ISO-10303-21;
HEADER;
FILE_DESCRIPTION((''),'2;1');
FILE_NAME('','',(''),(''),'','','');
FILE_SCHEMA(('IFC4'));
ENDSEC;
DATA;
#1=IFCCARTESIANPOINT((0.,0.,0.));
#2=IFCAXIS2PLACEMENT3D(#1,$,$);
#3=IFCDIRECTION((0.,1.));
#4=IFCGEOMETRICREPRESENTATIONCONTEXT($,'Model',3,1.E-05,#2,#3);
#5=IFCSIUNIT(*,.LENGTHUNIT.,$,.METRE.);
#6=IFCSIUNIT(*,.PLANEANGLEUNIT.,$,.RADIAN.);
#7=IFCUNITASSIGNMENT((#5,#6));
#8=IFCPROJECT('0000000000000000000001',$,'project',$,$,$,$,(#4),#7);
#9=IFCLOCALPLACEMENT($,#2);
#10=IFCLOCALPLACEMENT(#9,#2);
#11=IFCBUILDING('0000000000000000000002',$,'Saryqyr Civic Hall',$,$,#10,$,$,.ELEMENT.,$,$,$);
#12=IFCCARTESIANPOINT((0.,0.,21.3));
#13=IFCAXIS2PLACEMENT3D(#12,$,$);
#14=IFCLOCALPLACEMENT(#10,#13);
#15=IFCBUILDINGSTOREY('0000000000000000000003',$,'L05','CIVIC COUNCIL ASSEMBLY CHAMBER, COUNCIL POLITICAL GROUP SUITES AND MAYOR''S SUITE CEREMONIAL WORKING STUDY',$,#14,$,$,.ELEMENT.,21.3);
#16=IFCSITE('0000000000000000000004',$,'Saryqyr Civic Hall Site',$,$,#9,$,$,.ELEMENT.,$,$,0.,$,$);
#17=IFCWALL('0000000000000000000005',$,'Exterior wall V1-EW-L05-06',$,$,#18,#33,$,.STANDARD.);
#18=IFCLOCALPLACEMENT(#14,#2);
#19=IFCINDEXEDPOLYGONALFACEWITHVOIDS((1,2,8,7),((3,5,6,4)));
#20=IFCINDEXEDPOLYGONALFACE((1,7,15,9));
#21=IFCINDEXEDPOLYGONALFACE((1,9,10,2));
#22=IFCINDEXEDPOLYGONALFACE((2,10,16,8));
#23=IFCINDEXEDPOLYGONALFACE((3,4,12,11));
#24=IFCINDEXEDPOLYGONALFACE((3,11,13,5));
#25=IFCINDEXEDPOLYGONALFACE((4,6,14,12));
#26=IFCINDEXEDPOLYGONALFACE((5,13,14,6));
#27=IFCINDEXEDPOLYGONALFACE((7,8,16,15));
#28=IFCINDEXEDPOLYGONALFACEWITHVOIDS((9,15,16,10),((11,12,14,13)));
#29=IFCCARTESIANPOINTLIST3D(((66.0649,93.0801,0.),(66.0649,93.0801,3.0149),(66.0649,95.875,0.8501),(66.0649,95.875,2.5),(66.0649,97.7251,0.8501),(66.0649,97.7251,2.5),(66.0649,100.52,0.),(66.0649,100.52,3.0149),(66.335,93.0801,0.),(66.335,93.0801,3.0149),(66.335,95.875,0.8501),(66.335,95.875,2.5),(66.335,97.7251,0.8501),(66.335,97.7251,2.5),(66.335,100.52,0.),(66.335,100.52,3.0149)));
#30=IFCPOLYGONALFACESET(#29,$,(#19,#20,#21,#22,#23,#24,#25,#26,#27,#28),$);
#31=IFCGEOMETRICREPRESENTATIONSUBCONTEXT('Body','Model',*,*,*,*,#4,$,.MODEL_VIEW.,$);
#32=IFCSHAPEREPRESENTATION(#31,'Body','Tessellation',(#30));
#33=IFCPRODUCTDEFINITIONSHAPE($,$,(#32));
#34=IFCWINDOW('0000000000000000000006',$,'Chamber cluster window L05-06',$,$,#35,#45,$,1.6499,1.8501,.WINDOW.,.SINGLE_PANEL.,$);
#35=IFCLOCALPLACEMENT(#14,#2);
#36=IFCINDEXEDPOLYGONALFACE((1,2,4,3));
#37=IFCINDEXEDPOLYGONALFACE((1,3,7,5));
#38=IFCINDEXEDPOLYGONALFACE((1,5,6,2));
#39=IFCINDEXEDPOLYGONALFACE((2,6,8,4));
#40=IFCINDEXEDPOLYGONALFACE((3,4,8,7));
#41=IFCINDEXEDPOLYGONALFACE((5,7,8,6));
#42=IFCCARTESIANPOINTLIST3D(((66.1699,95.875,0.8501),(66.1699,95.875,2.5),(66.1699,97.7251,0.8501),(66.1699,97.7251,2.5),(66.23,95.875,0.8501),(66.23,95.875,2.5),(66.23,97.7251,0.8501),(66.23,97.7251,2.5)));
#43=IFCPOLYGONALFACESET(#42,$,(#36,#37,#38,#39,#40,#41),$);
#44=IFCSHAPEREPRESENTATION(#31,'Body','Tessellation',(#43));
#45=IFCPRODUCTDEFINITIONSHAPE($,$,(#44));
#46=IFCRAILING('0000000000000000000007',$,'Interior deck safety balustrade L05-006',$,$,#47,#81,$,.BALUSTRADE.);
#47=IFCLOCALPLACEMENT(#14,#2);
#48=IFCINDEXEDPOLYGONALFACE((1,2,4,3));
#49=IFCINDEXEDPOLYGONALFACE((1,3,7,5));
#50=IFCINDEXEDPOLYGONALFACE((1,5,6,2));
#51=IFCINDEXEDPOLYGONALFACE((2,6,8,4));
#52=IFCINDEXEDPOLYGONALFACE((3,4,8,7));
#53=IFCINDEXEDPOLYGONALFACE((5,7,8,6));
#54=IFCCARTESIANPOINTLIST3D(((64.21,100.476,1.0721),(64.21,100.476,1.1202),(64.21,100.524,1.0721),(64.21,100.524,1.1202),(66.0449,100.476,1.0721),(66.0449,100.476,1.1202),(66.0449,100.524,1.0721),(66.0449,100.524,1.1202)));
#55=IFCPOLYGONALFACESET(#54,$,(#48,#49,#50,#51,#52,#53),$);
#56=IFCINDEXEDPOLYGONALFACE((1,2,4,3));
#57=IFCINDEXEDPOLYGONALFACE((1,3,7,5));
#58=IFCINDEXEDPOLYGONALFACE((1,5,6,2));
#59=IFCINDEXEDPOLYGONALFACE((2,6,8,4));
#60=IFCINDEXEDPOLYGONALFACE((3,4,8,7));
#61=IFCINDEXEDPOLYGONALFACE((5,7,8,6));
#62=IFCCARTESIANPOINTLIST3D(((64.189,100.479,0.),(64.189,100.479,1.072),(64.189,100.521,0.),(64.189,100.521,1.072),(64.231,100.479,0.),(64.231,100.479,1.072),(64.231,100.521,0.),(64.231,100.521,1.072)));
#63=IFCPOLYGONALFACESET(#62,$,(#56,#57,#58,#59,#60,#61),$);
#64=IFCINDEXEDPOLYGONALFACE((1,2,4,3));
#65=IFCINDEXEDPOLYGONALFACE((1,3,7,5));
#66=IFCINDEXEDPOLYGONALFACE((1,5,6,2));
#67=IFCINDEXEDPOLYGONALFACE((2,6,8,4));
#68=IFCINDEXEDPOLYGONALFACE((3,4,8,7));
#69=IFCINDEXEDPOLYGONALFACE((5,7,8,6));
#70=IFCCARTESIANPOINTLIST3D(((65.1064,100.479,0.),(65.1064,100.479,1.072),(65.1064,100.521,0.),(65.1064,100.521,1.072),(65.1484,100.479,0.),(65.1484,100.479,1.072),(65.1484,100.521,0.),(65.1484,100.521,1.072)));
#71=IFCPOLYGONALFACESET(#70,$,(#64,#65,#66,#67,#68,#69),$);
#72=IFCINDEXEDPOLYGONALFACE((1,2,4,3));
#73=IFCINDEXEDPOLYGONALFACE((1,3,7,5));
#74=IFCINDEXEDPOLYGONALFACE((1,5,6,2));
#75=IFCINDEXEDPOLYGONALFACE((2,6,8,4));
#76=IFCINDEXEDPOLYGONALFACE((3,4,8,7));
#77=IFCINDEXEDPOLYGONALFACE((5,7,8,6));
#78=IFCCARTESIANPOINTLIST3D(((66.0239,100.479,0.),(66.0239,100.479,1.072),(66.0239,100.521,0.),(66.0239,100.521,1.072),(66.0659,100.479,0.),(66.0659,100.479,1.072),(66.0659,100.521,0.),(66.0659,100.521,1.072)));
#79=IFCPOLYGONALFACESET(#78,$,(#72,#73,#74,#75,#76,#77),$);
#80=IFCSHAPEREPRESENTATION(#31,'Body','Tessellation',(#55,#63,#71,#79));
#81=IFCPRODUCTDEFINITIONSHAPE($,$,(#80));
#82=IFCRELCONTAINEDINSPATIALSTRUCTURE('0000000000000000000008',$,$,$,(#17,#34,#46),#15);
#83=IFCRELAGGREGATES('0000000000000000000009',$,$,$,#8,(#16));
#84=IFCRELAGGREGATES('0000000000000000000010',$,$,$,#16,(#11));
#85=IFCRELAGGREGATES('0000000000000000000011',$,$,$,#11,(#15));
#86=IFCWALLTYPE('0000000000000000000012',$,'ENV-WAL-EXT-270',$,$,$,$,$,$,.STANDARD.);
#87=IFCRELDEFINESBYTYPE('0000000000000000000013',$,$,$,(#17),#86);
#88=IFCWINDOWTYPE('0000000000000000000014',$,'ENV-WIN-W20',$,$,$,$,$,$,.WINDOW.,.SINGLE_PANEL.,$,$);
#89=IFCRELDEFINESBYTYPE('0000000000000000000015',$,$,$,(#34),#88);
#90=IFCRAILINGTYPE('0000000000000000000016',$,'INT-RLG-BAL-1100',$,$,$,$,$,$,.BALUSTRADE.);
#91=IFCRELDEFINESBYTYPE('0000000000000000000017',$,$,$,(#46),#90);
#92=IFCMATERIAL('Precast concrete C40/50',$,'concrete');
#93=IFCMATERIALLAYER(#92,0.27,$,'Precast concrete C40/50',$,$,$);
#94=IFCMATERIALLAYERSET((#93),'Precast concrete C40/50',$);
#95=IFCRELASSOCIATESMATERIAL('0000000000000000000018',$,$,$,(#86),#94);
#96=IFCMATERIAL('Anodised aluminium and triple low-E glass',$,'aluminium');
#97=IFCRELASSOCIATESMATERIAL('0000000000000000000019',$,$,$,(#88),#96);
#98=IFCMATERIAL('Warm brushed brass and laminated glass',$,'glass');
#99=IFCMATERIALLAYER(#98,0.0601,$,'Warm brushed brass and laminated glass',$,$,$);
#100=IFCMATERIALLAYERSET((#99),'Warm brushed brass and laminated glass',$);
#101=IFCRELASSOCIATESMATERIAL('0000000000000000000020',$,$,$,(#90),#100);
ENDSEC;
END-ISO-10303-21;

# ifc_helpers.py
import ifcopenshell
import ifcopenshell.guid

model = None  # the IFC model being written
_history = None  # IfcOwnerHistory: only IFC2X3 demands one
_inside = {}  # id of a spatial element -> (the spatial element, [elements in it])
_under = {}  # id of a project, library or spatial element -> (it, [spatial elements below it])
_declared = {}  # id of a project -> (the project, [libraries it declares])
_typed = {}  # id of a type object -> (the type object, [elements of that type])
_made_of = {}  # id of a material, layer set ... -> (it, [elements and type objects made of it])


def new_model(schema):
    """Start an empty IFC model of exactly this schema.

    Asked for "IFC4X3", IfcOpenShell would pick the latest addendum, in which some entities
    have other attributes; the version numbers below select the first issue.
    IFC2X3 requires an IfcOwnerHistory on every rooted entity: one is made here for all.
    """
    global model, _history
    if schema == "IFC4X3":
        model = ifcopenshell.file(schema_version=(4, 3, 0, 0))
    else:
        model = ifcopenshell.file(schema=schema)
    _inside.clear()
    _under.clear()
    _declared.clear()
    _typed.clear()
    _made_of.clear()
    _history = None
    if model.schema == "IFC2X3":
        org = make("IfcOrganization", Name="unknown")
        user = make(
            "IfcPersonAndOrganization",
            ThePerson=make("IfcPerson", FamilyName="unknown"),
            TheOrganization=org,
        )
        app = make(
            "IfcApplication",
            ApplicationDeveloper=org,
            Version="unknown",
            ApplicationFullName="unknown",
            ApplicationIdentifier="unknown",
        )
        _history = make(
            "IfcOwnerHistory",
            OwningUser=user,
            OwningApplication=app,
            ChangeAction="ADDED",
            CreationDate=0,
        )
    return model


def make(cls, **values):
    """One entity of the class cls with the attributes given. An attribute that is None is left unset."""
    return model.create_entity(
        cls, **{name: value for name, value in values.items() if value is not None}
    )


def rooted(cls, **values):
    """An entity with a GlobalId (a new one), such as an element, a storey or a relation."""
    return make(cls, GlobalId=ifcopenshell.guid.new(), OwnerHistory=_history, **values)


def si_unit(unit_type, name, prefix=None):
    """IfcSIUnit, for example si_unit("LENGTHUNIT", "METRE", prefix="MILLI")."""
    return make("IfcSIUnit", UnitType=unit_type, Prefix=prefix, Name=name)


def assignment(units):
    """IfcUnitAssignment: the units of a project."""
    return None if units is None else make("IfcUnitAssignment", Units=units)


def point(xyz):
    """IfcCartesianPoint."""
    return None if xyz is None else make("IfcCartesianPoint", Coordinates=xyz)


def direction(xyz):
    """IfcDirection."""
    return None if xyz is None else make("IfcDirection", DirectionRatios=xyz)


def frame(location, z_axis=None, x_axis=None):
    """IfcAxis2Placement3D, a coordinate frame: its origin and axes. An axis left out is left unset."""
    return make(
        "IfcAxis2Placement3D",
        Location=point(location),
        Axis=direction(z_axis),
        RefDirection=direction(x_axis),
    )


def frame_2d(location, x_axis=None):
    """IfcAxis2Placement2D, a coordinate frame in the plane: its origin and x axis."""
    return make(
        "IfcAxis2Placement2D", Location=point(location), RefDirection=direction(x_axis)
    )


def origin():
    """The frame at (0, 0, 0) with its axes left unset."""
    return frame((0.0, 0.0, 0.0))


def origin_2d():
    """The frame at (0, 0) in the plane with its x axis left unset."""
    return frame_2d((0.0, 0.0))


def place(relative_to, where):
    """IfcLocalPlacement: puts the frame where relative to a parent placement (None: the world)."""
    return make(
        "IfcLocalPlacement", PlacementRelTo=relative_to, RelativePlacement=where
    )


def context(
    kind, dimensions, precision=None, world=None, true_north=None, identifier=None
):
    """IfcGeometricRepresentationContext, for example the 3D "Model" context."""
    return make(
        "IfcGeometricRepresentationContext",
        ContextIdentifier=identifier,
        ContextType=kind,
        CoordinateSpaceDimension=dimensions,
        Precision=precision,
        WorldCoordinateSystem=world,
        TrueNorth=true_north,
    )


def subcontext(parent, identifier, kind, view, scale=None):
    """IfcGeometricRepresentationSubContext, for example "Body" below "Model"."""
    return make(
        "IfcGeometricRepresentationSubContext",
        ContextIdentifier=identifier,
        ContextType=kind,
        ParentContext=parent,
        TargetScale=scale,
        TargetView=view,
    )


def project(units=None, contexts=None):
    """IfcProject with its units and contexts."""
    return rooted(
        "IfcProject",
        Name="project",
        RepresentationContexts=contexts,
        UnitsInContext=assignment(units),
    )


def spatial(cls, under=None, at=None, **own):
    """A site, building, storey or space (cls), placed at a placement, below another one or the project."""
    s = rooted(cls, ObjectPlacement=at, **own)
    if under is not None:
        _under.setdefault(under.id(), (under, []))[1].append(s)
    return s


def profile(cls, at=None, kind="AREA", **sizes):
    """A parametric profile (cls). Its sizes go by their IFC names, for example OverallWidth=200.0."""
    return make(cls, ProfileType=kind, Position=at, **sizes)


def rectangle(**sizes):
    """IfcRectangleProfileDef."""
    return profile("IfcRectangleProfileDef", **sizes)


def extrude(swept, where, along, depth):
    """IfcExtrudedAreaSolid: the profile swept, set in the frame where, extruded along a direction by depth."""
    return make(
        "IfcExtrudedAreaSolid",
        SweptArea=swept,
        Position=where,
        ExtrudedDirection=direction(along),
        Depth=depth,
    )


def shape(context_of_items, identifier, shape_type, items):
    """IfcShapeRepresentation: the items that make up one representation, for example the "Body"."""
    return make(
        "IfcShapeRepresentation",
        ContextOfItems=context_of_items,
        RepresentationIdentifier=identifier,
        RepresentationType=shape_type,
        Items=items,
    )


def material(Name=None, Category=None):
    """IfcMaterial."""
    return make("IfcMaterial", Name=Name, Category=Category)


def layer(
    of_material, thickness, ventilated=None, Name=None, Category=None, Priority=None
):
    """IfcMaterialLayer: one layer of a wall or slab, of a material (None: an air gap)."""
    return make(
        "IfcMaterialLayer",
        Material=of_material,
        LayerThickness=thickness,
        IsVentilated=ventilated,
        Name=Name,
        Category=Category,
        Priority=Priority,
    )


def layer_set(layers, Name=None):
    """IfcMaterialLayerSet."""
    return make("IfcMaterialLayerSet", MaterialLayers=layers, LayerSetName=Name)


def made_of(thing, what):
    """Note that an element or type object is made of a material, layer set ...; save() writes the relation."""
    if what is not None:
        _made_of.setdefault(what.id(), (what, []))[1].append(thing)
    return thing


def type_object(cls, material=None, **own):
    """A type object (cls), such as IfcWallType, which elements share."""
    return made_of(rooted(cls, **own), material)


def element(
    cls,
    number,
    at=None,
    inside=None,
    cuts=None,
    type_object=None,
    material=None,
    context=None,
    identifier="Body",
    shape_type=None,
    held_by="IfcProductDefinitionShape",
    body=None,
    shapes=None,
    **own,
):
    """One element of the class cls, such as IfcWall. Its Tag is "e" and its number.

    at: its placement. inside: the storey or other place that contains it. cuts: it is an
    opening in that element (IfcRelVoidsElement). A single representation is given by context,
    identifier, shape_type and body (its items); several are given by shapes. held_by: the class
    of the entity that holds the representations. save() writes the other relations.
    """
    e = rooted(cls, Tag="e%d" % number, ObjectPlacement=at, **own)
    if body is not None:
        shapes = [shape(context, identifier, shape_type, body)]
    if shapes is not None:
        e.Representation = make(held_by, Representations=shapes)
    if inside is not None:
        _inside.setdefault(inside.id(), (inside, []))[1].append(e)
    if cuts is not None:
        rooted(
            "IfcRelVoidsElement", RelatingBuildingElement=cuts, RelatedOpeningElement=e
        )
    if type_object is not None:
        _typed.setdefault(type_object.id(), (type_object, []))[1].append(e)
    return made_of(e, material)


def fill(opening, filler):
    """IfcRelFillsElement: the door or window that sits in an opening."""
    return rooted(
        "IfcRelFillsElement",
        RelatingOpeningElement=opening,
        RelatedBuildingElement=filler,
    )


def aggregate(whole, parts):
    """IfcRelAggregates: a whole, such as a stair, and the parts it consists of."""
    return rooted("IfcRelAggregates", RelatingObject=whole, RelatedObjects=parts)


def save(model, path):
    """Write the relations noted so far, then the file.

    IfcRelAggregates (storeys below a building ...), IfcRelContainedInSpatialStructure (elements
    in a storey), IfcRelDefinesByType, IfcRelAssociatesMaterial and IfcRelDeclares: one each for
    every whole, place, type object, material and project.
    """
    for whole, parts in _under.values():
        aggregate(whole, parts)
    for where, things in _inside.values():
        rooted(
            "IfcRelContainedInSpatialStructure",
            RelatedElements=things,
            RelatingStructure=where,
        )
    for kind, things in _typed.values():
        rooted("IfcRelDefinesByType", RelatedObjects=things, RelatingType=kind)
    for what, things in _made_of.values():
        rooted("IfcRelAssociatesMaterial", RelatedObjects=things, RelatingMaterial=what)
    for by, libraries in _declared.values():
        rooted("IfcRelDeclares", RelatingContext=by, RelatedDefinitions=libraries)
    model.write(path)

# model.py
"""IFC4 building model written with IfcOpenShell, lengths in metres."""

from ifc_helpers import new_model, si_unit, direction, frame, frame_2d, origin, origin_2d, place, context, subcontext, project, spatial, rectangle, extrude, material, layer, layer_set, type_object, element, fill, save


model = new_model("IFC4")

# Units and contexts
model_context = context("Model", 3, precision=1e-05, world=origin(), true_north=direction((0.0, 1.0)))
body_context = subcontext(model_context, "Body", "Model", "MODEL_VIEW")
ifc_project = project(units=[si_unit("LENGTHUNIT", "METRE"), si_unit("PLANEANGLEUNIT", "RADIAN")], contexts=[model_context])

# Site, building, storey
site_placement = place(None, origin())
site = spatial("IfcSite", under=ifc_project, at=site_placement, Name="Saryqyr Civic Hall Site", CompositionType="ELEMENT", RefElevation=0.0)
building_placement = place(site_placement, origin())
building = spatial("IfcBuilding", under=site, at=building_placement, Name="Saryqyr Civic Hall", CompositionType="ELEMENT")
storey_placement = place(building_placement, frame((0.0, 0.0, 21.3)))
storey = spatial("IfcBuildingStorey", under=building, at=storey_placement, Name="L05", Description="CIVIC COUNCIL ASSEMBLY CHAMBER, COUNCIL POLITICAL GROUP SUITES AND MAYOR'S SUITE CEREMONIAL WORKING STUDY", CompositionType="ELEMENT", Elevation=21.3)

# Shared definitions
ifc_material_1 = material(Name="Anodised aluminium and triple low-E glass", Category="aluminium")

# Wall, opening, window
ifc_material_2 = material(Name="Precast concrete C40/50", Category="concrete")
ifc_layer_1 = layer(ifc_material_2, 0.27, Name="Precast concrete C40/50")
ifc_layer_set_1 = layer_set([ifc_layer_1], Name="Precast concrete C40/50")
wall_type = type_object("IfcWallType", Name="ENV-WAL-EXT-270", PredefinedType="STANDARD", material=ifc_layer_set_1)
wall_placement = place(storey_placement, frame((66.2, 100.52, 0.0), z_axis=(0.0, 0.0, 1.0), x_axis=(0.0, -1.0, 0.0)))
wall = element("IfcWall", 1, at=wall_placement, inside=storey, type_object=wall_type, Name="Exterior wall V1-EW-L05-06", PredefinedType="STANDARD", context=body_context, shape_type="SweptSolid", body=[
    extrude(rectangle(XDim=7.4399, YDim=0.27, at=frame_2d((3.72, 0.0))), origin(), (0.0, 0.0, 1.0), 3.0149),
])
opening_placement = place(wall_placement, frame((2.7949, 0.0, 0.8501)))
opening = element("IfcOpeningElement", 2, at=opening_placement, cuts=wall, PredefinedType="OPENING", context=body_context, shape_type="SweptSolid", body=[
    extrude(rectangle(XDim=1.8501, YDim=1.6499, at=frame_2d((0.925, 0.825))), frame((0.0, 0.145, 0.0), z_axis=(0.0, -1.0, 0.0), x_axis=(1.0, 0.0, 0.0)), (0.0, 0.0, 1.0), 0.29),
])
window_type = type_object("IfcWindowType", Name="ENV-WIN-W20", PartitioningType="SINGLE_PANEL", PredefinedType="WINDOW", material=ifc_material_1)
window_placement = place(opening_placement, origin())
window = element("IfcWindow", 3, at=window_placement, inside=storey, type_object=window_type, Name="Chamber cluster window L05-06", OverallHeight=1.6499, OverallWidth=1.8501, PartitioningType="SINGLE_PANEL", PredefinedType="WINDOW", context=body_context, shape_type="SweptSolid", body=[
    extrude(rectangle(XDim=1.8501, YDim=1.6499, at=frame_2d((0.925, 0.825))), frame((0.0, 0.03, 0.0), z_axis=(0.0, -1.0, 0.0), x_axis=(1.0, 0.0, 0.0)), (0.0, 0.0, 1.0), 0.0601),
])
fill(opening, window)

# Railing
ifc_material_3 = material(Name="Warm brushed brass and laminated glass", Category="glass")
ifc_layer_2 = layer(ifc_material_3, 0.0601, Name="Warm brushed brass and laminated glass")
ifc_layer_set_2 = layer_set([ifc_layer_2], Name="Warm brushed brass and laminated glass")
railing_type = type_object("IfcRailingType", Name="INT-RLG-BAL-1100", PredefinedType="BALUSTRADE", material=ifc_layer_set_2)
railing_placement = place(storey_placement, frame((64.21, 100.5, 0.0)))
element("IfcRailing", 4, at=railing_placement, inside=storey, type_object=railing_type, Name="Interior deck safety balustrade L05-006", PredefinedType="BALUSTRADE", context=body_context, shape_type="SweptSolid", body=[
    extrude(rectangle(XDim=0.0481, YDim=0.0481, at=origin_2d()), frame((0.0, 0.0, 1.0962), z_axis=(1.0, 0.0, 0.0), x_axis=(0.0, 1.0, 0.0)), (0.0, 0.0, 1.0), 1.835),
    extrude(rectangle(XDim=0.042, YDim=0.042, at=origin_2d()), origin(), (0.0, 0.0, 1.0), 1.072),
    extrude(rectangle(XDim=0.042, YDim=0.042, at=origin_2d()), frame((0.9175, 0.0, 0.0)), (0.0, 0.0, 1.0), 1.072),
    extrude(rectangle(XDim=0.042, YDim=0.042, at=origin_2d()), frame((1.835, 0.0, 0.0)), (0.0, 0.0, 1.0), 1.072),
])

save(model, "model.ifc")
